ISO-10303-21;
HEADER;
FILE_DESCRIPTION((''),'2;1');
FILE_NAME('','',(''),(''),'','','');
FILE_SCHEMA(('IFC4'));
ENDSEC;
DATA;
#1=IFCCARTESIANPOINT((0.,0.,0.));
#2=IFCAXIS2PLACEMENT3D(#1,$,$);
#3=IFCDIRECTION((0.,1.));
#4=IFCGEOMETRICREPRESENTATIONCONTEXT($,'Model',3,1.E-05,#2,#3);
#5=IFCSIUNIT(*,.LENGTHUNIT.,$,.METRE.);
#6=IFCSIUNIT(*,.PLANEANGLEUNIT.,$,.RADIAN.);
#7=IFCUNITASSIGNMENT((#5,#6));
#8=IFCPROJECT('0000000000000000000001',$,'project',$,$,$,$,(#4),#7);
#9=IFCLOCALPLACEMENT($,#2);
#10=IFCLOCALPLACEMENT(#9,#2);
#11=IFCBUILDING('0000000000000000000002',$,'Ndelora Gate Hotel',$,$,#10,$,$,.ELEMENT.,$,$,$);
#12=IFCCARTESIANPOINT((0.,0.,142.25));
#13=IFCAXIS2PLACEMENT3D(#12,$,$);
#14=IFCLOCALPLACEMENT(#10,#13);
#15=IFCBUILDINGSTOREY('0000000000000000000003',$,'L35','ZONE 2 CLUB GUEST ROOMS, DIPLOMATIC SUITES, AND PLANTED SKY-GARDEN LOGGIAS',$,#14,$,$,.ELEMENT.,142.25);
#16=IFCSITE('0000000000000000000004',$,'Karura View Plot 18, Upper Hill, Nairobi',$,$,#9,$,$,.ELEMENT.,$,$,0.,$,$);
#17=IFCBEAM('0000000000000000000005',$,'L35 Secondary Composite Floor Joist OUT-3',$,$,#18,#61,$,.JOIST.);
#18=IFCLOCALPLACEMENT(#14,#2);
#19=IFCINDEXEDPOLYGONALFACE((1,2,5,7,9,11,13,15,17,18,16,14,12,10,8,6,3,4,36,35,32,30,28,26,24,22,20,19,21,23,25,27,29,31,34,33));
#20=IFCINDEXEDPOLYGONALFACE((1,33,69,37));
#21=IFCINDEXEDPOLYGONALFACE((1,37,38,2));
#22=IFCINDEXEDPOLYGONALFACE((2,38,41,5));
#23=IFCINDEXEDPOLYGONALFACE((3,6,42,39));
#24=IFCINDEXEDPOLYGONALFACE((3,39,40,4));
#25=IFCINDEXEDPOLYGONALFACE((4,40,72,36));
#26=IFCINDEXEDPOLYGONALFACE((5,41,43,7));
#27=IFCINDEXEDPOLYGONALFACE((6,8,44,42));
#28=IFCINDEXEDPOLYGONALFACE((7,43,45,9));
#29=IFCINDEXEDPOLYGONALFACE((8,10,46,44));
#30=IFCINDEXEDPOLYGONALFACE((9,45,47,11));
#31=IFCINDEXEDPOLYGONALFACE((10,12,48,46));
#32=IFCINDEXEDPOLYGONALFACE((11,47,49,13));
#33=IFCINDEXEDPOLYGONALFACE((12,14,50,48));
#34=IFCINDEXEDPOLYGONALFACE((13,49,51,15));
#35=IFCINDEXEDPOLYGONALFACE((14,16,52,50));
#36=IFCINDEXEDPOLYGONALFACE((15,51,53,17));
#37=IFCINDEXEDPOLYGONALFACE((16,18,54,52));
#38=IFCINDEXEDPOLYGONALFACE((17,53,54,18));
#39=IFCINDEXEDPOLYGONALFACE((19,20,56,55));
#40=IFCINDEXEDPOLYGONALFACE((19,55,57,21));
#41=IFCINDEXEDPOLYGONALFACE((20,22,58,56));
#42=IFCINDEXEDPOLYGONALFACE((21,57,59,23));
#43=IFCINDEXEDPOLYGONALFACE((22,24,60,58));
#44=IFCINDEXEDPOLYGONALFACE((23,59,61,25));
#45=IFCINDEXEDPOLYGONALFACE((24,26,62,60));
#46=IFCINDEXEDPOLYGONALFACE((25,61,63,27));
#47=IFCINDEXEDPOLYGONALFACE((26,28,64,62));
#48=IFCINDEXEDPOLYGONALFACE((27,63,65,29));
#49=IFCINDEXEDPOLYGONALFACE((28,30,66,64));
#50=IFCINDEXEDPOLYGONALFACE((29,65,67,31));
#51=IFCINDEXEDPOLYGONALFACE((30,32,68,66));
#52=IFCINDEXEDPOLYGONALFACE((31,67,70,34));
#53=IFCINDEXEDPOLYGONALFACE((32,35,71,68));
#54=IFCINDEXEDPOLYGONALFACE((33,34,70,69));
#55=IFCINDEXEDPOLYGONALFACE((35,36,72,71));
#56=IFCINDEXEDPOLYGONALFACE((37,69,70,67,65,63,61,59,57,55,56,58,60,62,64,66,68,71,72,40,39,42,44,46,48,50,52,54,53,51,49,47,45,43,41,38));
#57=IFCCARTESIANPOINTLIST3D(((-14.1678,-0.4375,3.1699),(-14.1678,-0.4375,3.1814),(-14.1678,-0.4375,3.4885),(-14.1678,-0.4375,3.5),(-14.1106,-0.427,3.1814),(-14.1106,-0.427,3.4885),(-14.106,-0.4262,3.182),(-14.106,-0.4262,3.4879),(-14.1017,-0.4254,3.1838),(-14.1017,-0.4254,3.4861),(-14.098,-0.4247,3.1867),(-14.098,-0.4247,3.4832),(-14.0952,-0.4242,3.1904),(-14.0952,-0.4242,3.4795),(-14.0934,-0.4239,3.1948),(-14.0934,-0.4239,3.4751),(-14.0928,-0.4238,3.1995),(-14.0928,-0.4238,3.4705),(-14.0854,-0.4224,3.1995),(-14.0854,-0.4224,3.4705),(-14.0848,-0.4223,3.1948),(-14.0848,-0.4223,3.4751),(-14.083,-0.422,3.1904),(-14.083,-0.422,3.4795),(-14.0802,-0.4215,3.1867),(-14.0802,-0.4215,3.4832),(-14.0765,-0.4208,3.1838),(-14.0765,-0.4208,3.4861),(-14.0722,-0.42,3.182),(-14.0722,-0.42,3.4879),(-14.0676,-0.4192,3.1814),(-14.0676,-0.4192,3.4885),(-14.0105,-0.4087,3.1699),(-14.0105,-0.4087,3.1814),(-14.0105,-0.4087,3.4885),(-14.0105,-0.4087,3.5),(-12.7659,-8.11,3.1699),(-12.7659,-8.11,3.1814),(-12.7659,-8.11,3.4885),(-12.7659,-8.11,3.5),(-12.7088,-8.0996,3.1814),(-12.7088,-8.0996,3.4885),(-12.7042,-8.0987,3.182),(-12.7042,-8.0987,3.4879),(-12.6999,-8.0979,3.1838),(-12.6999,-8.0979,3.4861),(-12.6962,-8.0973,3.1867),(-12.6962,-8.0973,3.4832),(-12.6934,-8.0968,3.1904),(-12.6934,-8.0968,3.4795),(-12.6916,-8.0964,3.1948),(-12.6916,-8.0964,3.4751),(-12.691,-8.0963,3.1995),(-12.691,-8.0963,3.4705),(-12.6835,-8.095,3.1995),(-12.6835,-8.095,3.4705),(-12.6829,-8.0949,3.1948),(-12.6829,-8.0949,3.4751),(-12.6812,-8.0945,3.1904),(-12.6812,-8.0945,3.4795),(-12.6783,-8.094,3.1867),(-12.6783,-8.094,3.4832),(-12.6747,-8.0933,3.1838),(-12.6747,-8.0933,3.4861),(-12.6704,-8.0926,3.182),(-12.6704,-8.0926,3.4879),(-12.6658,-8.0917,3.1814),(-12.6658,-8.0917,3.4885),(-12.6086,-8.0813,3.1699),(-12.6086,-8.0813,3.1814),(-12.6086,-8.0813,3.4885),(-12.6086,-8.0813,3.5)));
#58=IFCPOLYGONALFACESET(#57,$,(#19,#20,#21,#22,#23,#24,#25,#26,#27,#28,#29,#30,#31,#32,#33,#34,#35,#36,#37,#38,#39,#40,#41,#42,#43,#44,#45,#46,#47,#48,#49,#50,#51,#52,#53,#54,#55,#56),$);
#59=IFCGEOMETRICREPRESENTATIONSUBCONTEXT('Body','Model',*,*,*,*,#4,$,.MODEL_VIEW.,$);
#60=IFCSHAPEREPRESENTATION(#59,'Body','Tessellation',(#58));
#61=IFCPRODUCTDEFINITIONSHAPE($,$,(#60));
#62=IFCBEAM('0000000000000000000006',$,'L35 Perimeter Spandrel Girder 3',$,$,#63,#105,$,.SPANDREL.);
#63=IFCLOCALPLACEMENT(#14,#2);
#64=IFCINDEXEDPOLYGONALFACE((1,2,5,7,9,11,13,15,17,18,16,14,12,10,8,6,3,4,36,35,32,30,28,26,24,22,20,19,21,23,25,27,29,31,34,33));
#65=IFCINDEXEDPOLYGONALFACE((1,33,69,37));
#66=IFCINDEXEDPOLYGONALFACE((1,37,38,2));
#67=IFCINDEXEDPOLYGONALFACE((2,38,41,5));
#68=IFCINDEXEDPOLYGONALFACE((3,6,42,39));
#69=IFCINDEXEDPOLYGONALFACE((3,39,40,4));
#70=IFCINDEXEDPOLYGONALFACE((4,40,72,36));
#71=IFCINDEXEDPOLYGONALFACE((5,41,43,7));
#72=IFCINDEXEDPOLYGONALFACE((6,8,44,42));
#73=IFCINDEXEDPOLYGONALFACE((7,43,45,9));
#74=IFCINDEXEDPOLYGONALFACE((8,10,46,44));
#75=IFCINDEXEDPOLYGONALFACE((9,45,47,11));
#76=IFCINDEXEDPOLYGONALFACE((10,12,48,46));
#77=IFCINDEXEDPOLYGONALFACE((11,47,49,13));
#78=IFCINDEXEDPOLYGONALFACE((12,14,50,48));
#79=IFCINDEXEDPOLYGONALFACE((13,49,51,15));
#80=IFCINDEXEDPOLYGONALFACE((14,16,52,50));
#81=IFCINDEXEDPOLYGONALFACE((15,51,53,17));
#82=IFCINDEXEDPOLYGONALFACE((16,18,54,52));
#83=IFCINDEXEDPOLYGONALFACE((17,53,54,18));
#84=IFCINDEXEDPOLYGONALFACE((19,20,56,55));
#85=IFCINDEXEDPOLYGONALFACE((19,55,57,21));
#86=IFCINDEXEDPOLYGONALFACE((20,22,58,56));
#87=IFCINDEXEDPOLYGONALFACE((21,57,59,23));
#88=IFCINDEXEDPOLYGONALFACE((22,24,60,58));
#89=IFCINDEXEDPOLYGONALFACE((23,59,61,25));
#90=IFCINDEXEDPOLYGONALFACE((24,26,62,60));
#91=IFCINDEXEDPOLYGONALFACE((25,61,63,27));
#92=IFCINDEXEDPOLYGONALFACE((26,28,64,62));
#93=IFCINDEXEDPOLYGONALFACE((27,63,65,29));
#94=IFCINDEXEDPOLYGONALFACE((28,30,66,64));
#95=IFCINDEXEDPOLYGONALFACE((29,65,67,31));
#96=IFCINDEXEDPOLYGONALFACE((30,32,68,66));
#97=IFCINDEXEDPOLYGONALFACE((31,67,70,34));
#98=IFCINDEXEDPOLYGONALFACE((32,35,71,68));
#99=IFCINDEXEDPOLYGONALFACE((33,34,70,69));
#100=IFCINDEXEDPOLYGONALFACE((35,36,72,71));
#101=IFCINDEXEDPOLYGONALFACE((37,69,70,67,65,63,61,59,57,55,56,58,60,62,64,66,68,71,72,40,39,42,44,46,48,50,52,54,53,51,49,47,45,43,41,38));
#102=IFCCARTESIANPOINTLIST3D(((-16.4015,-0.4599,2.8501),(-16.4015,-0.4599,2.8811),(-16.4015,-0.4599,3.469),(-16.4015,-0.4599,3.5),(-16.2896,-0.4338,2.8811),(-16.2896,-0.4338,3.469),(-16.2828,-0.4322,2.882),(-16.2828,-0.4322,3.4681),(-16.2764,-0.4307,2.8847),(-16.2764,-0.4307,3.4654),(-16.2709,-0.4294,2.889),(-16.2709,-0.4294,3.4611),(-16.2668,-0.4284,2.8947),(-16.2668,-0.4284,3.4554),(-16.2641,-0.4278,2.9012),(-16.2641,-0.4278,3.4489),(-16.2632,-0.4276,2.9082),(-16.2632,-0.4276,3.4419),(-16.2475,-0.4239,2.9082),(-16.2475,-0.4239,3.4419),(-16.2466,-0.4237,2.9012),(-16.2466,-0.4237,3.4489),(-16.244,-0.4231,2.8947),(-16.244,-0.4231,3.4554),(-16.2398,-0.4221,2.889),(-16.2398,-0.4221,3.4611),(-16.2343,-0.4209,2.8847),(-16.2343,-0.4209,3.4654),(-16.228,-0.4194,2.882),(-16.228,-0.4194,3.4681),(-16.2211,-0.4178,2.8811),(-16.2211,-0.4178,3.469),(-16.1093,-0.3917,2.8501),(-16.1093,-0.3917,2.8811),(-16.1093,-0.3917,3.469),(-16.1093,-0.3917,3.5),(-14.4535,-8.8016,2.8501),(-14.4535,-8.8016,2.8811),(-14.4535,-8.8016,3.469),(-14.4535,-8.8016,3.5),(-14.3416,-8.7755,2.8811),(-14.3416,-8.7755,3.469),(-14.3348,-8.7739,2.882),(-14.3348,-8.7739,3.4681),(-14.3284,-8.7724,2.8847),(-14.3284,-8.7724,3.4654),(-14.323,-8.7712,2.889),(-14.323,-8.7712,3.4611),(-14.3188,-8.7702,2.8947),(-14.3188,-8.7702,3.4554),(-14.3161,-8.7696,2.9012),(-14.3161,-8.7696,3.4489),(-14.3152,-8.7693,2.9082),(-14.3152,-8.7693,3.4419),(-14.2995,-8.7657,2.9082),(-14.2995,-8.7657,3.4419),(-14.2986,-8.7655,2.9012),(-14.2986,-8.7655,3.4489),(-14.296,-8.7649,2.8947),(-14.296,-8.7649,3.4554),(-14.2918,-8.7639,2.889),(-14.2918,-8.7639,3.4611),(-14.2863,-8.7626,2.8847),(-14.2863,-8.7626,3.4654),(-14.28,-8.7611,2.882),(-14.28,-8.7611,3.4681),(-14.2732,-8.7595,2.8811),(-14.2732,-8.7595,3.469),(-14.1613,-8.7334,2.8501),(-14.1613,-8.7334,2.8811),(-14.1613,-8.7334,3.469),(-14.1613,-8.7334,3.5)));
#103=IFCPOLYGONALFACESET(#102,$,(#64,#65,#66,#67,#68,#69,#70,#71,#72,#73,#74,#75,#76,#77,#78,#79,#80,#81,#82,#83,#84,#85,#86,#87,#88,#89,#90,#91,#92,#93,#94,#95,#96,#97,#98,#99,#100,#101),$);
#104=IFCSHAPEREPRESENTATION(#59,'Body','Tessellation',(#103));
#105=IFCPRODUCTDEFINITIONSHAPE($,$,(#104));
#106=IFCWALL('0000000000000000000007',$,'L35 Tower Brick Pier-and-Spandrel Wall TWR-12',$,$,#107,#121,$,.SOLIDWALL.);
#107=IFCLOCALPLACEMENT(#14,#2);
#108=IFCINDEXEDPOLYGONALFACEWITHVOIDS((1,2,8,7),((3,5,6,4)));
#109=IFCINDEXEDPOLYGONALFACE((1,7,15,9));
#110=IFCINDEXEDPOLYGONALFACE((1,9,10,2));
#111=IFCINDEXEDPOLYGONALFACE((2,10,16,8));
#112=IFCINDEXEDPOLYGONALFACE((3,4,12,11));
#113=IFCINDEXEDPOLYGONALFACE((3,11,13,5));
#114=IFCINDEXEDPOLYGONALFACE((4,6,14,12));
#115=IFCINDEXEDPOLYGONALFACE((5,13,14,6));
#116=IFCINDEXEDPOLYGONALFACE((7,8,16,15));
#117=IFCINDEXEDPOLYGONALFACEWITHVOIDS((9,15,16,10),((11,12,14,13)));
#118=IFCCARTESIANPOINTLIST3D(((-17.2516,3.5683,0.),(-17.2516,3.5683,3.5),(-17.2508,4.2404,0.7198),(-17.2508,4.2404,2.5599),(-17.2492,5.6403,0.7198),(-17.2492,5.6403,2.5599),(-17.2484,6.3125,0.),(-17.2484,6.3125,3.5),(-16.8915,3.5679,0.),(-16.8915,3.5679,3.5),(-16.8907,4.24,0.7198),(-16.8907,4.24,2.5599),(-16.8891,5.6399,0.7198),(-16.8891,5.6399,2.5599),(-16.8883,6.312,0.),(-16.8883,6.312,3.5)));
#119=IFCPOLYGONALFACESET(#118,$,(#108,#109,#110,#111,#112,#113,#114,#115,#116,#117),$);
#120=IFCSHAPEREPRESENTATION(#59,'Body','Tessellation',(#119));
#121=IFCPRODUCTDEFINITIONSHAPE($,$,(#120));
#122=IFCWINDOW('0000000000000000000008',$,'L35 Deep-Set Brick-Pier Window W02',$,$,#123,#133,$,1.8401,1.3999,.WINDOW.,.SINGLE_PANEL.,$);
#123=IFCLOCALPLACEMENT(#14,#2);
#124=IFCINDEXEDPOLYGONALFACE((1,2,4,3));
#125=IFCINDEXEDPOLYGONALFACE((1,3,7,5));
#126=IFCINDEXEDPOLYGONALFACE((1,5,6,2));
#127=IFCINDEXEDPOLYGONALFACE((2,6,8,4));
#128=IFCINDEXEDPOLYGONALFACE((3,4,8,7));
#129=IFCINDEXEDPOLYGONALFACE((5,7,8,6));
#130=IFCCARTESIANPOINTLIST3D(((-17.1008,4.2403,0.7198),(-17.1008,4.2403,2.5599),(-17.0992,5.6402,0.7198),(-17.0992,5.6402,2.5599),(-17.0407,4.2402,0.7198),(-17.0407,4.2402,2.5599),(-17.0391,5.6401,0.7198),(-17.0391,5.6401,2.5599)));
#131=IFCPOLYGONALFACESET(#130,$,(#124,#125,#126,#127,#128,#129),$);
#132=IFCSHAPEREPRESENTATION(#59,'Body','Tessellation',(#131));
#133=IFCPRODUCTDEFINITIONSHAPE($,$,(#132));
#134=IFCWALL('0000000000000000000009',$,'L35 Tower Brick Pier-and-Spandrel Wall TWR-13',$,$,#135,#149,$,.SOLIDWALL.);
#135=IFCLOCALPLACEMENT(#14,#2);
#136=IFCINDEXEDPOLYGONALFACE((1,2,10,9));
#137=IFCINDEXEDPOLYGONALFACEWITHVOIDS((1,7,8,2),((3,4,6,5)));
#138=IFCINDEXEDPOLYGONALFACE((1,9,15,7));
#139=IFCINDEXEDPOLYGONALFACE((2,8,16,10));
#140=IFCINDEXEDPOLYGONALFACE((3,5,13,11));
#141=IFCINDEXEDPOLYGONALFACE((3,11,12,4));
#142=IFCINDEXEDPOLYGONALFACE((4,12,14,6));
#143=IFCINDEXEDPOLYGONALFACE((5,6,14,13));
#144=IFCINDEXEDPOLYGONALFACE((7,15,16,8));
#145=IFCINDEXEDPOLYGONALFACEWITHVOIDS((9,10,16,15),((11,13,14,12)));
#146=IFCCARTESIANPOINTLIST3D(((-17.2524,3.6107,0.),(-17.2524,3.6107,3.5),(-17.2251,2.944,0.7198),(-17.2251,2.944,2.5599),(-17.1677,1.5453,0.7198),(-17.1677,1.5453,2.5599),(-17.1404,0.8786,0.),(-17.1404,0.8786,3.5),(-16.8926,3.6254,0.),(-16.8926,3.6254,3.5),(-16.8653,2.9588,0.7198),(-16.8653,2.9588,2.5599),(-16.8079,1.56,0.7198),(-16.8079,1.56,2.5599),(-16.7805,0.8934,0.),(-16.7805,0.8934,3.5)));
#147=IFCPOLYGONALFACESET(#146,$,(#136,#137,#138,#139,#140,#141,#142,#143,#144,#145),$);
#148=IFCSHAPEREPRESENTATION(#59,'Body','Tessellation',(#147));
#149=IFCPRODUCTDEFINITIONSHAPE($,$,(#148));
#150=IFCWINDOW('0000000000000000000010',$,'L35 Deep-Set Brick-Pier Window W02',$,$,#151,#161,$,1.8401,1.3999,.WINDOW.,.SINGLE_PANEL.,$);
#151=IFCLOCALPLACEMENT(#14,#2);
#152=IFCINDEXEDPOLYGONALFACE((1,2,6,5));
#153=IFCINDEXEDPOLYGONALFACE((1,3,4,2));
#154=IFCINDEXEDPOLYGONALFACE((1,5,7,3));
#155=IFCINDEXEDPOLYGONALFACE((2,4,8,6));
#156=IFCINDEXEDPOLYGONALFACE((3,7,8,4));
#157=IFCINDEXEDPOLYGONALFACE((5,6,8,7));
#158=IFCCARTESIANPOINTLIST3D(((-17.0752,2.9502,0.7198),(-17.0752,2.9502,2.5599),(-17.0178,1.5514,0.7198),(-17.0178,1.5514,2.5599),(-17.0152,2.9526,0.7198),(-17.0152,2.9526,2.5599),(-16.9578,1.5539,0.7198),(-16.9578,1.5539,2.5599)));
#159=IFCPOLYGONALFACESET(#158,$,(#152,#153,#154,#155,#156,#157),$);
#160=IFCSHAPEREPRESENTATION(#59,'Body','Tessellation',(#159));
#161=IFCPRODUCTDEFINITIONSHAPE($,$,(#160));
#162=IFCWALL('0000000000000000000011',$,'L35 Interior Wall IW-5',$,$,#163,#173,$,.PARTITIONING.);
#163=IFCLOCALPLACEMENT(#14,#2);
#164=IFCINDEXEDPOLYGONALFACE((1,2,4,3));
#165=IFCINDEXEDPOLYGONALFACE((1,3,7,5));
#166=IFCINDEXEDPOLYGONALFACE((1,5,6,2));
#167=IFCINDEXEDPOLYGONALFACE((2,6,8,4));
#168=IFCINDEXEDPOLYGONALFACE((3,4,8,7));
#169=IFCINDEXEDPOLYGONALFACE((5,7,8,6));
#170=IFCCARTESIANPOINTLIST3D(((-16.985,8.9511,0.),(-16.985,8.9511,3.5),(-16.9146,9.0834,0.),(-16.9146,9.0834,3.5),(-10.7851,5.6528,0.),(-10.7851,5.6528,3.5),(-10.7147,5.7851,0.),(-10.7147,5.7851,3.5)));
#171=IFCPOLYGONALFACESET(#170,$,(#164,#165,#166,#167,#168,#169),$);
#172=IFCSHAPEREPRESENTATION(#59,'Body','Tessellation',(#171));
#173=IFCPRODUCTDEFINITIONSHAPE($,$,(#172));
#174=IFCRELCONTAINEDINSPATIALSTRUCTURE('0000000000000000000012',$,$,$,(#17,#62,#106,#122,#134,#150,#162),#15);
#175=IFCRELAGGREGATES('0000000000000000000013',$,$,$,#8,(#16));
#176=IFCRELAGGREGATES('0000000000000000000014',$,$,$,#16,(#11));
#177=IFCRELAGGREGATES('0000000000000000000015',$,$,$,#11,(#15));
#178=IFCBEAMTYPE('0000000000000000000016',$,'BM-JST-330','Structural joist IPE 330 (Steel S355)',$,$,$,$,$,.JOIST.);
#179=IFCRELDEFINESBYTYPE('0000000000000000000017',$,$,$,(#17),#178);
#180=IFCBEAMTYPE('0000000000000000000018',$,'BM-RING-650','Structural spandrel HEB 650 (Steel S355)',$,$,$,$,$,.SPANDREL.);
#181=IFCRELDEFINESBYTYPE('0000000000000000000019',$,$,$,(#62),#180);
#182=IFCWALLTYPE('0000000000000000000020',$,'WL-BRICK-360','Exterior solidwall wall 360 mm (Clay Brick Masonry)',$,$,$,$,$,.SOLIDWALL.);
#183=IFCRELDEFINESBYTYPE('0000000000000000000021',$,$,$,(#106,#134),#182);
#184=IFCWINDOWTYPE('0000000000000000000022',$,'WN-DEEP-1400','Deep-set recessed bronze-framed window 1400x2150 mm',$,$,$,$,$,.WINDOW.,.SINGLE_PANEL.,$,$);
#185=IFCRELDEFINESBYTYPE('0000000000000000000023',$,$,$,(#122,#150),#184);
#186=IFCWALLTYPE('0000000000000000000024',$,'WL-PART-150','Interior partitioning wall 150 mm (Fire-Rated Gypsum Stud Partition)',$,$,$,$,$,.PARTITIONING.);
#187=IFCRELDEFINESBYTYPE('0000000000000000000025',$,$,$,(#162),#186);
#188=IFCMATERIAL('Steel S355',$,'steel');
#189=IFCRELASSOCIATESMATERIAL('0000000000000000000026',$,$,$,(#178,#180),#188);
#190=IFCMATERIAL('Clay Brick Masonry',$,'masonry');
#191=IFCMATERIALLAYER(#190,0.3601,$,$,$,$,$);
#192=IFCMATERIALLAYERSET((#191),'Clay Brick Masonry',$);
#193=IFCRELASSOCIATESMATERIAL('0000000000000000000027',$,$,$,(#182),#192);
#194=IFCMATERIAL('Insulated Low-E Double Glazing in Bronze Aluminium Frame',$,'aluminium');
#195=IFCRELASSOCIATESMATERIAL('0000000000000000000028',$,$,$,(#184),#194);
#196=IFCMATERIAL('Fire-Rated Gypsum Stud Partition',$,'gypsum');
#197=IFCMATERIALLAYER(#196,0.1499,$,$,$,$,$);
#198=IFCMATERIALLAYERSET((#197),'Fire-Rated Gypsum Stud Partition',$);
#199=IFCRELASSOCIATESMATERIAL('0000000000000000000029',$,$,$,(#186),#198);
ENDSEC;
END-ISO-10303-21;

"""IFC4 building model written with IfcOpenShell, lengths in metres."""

from ifc_helpers import new_model, si_unit, direction, frame, frame_2d, origin, origin_2d, place, context, subcontext, project, spatial, rectangle, i_section, extrude, material, layer, layer_set, material_profile, profile_set, type_object, element, fill, save


model = new_model("IFC4")

# Units and contexts
model_context = context("Model", 3, precision=1e-05, world=origin(), true_north=direction((0.0, 1.0)))
body_context = subcontext(model_context, "Body", "Model", "MODEL_VIEW")
ifc_project = project(units=[si_unit("LENGTHUNIT", "METRE"), si_unit("PLANEANGLEUNIT", "RADIAN")], contexts=[model_context])

# Site, building, storey
site_placement = place(None, origin())
site = spatial("IfcSite", under=ifc_project, at=site_placement, Name="Karura View Plot 18, Upper Hill, Nairobi", CompositionType="ELEMENT", RefElevation=0.0)
building_placement = place(site_placement, origin())
building = spatial("IfcBuilding", under=site, at=building_placement, Name="Ndelora Gate Hotel", CompositionType="ELEMENT")
storey_placement = place(building_placement, frame((0.0, 0.0, 142.25)))
storey = spatial("IfcBuildingStorey", under=building, at=storey_placement, Name="L35", Description="ZONE 2 CLUB GUEST ROOMS, DIPLOMATIC SUITES, AND PLANTED SKY-GARDEN LOGGIAS", CompositionType="ELEMENT", Elevation=142.25)

# Beams
ifc_material_1 = material(Name="Steel S355", Category="steel")
ifc_material_profile_1 = material_profile(ifc_material_1, i_section(OverallWidth=0.1599, OverallDepth=0.3301, WebThickness=0.0076, FlangeThickness=0.0115, FilletRadius=0.0181, at=origin_2d()), Name="IPE 330")
ifc_profile_set_1 = profile_set([ifc_material_profile_1], Name="Steel S355")
beam_type_1 = type_object("IfcBeamType", Name="BM-JST-330", Description="Structural joist IPE 330 (Steel S355)", PredefinedType="JOIST", material=ifc_profile_set_1)
beam_1_placement = place(storey_placement, frame((-14.0891, -0.4231, 3.335), z_axis=(0.179734, -0.983715, 0.0), x_axis=(0.983715, 0.179734, 0.0)))
element("IfcBeam", 1, at=beam_1_placement, inside=storey, type_object=beam_type_1, Name="L35 Secondary Composite Floor Joist OUT-3", PredefinedType="JOIST", context=body_context, shape_type="SweptSolid", body=[
    extrude(i_section(OverallWidth=0.1599, OverallDepth=0.3301, WebThickness=0.0076, FlangeThickness=0.0115, FilletRadius=0.0181, at=origin_2d()), origin(), (0.0, 0.0, 1.0), 7.7996),
])
ifc_material_profile_2 = material_profile(ifc_material_1, i_section(OverallWidth=0.3, OverallDepth=0.6499, WebThickness=0.0161, FlangeThickness=0.031, FilletRadius=0.0271, at=origin_2d()), Name="HEB 650")
ifc_profile_set_2 = profile_set([ifc_material_profile_2], Name="Steel S355")
beam_type_2 = type_object("IfcBeamType", Name="BM-RING-650", Description="Structural spandrel HEB 650 (Steel S355)", PredefinedType="SPANDREL", material=ifc_profile_set_2)
beam_2_placement = place(storey_placement, frame((-16.2554, -0.4258, 3.175), z_axis=(0.227404, -0.9738, 0.0), x_axis=(0.9738, 0.227404, 0.0)))
element("IfcBeam", 2, at=beam_2_placement, inside=storey, type_object=beam_type_2, Name="L35 Perimeter Spandrel Girder 3", PredefinedType="SPANDREL", context=body_context, shape_type="SweptSolid", body=[
    extrude(i_section(OverallWidth=0.3, OverallDepth=0.6499, WebThickness=0.0161, FlangeThickness=0.031, FilletRadius=0.0271, at=origin_2d()), origin(), (0.0, 0.0, 1.0), 8.5662),
])

# Walls, openings, windows
ifc_material_2 = material(Name="Clay Brick Masonry", Category="masonry")
ifc_layer_1 = layer(ifc_material_2, 0.3601)
ifc_layer_set_1 = layer_set([ifc_layer_1], Name="Clay Brick Masonry")
wall_type_1 = type_object("IfcWallType", Name="WL-BRICK-360", Description="Exterior solidwall wall 360 mm (Clay Brick Masonry)", PredefinedType="SOLIDWALL", material=ifc_layer_set_1)
wall_1_placement = place(storey_placement, frame((-17.0715, 3.5681, 0.0), z_axis=(0.0, 0.0, 1.0), x_axis=(0.001157, 0.999999, 0.0)))
wall_1 = element("IfcWall", 3, at=wall_1_placement, inside=storey, type_object=wall_type_1, Name="L35 Tower Brick Pier-and-Spandrel Wall TWR-12", PredefinedType="SOLIDWALL", context=body_context, shape_type="SweptSolid", body=[
    extrude(rectangle(XDim=2.7441, YDim=0.3601, at=frame_2d((1.3721, 0.0))), origin(), (0.0, 0.0, 1.0), 3.5),
])
opening_1_placement = place(wall_1_placement, frame((0.6721, 0.0, 0.72)))
opening_1 = element("IfcOpeningElement", 4, at=opening_1_placement, cuts=wall_1, PredefinedType="OPENING", context=body_context, shape_type="SweptSolid", body=[
    extrude(rectangle(XDim=1.3999, YDim=1.8401, at=frame_2d((0.7, 0.9199))), frame((0.0, 0.1899, 0.0), z_axis=(0.0, -1.0, 0.0), x_axis=(1.0, 0.0, 0.0)), (0.0, 0.0, 1.0), 0.3801),
])
ifc_material_3 = material(Name="Insulated Low-E Double Glazing in Bronze Aluminium Frame", Category="aluminium")
window_type = type_object("IfcWindowType", Name="WN-DEEP-1400", Description="Deep-set recessed bronze-framed window 1400x2150 mm", PartitioningType="SINGLE_PANEL", PredefinedType="WINDOW", material=ifc_material_3)
window_1_placement = place(opening_1_placement, origin())
window_1 = element("IfcWindow", 5, at=window_1_placement, inside=storey, type_object=window_type, Name="L35 Deep-Set Brick-Pier Window W02", OverallHeight=1.8401, OverallWidth=1.3999, PartitioningType="SINGLE_PANEL", PredefinedType="WINDOW", context=body_context, shape_type="SweptSolid", body=[
    extrude(rectangle(XDim=1.3999, YDim=1.8401, at=frame_2d((0.7, 0.9199))), frame((0.0, 0.03, 0.0), z_axis=(0.0, -1.0, 0.0), x_axis=(1.0, 0.0, 0.0)), (0.0, 0.0, 1.0), 0.0601),
])
fill(opening_1, window_1)
wall_2_placement = place(storey_placement, frame((-16.9604, 0.886, 0.0), z_axis=(0.0, 0.0, 1.0), x_axis=(-0.040981, 0.99916, 0.0)))
wall_2 = element("IfcWall", 6, at=wall_2_placement, inside=storey, type_object=wall_type_1, Name="L35 Tower Brick Pier-and-Spandrel Wall TWR-13", PredefinedType="SOLIDWALL", context=body_context, shape_type="SweptSolid", body=[
    extrude(rectangle(XDim=2.7344, YDim=0.3601, at=frame_2d((1.3672, 0.0))), origin(), (0.0, 0.0, 1.0), 3.5),
])
opening_2_placement = place(wall_2_placement, frame((0.6672, 0.0, 0.72)))
opening_2 = element("IfcOpeningElement", 7, at=opening_2_placement, cuts=wall_2, PredefinedType="OPENING", context=body_context, shape_type="SweptSolid", body=[
    extrude(rectangle(XDim=1.3999, YDim=1.8401, at=frame_2d((0.7, 0.9199))), frame((0.0, 0.1899, 0.0), z_axis=(0.0, -1.0, 0.0), x_axis=(1.0, 0.0, 0.0)), (0.0, 0.0, 1.0), 0.3801),
])
window_2_placement = place(opening_2_placement, origin())
window_2 = element("IfcWindow", 8, at=window_2_placement, inside=storey, type_object=window_type, Name="L35 Deep-Set Brick-Pier Window W02", OverallHeight=1.8401, OverallWidth=1.3999, PartitioningType="SINGLE_PANEL", PredefinedType="WINDOW", context=body_context, shape_type="SweptSolid", body=[
    extrude(rectangle(XDim=1.3999, YDim=1.8401, at=frame_2d((0.7, 0.9199))), frame((0.0, 0.03, 0.0), z_axis=(0.0, -1.0, 0.0), x_axis=(1.0, 0.0, 0.0)), (0.0, 0.0, 1.0), 0.0601),
])
fill(opening_2, window_2)

# Wall
ifc_material_4 = material(Name="Fire-Rated Gypsum Stud Partition", Category="gypsum")
ifc_layer_2 = layer(ifc_material_4, 0.1499)
ifc_layer_set_2 = layer_set([ifc_layer_2], Name="Fire-Rated Gypsum Stud Partition")
wall_type_2 = type_object("IfcWallType", Name="WL-PART-150", Description="Interior partitioning wall 150 mm (Fire-Rated Gypsum Stud Partition)", PredefinedType="PARTITIONING", material=ifc_layer_set_2)
wall_3_placement = place(storey_placement, frame((-10.75, 5.719, 0.0), z_axis=(0.0, 0.0, 1.0), x_axis=(-0.882843, 0.469668, 0.0)))
element("IfcWall", 9, at=wall_3_placement, inside=storey, type_object=wall_type_2, Name="L35 Interior Wall IW-5", PredefinedType="PARTITIONING", context=body_context, shape_type="SweptSolid", body=[
    extrude(rectangle(XDim=7.0227, YDim=0.1499, at=frame_2d((3.5112, 0.0))), origin(), (0.0, 0.0, 1.0), 3.5),
])

save(model, "model.ifc")
